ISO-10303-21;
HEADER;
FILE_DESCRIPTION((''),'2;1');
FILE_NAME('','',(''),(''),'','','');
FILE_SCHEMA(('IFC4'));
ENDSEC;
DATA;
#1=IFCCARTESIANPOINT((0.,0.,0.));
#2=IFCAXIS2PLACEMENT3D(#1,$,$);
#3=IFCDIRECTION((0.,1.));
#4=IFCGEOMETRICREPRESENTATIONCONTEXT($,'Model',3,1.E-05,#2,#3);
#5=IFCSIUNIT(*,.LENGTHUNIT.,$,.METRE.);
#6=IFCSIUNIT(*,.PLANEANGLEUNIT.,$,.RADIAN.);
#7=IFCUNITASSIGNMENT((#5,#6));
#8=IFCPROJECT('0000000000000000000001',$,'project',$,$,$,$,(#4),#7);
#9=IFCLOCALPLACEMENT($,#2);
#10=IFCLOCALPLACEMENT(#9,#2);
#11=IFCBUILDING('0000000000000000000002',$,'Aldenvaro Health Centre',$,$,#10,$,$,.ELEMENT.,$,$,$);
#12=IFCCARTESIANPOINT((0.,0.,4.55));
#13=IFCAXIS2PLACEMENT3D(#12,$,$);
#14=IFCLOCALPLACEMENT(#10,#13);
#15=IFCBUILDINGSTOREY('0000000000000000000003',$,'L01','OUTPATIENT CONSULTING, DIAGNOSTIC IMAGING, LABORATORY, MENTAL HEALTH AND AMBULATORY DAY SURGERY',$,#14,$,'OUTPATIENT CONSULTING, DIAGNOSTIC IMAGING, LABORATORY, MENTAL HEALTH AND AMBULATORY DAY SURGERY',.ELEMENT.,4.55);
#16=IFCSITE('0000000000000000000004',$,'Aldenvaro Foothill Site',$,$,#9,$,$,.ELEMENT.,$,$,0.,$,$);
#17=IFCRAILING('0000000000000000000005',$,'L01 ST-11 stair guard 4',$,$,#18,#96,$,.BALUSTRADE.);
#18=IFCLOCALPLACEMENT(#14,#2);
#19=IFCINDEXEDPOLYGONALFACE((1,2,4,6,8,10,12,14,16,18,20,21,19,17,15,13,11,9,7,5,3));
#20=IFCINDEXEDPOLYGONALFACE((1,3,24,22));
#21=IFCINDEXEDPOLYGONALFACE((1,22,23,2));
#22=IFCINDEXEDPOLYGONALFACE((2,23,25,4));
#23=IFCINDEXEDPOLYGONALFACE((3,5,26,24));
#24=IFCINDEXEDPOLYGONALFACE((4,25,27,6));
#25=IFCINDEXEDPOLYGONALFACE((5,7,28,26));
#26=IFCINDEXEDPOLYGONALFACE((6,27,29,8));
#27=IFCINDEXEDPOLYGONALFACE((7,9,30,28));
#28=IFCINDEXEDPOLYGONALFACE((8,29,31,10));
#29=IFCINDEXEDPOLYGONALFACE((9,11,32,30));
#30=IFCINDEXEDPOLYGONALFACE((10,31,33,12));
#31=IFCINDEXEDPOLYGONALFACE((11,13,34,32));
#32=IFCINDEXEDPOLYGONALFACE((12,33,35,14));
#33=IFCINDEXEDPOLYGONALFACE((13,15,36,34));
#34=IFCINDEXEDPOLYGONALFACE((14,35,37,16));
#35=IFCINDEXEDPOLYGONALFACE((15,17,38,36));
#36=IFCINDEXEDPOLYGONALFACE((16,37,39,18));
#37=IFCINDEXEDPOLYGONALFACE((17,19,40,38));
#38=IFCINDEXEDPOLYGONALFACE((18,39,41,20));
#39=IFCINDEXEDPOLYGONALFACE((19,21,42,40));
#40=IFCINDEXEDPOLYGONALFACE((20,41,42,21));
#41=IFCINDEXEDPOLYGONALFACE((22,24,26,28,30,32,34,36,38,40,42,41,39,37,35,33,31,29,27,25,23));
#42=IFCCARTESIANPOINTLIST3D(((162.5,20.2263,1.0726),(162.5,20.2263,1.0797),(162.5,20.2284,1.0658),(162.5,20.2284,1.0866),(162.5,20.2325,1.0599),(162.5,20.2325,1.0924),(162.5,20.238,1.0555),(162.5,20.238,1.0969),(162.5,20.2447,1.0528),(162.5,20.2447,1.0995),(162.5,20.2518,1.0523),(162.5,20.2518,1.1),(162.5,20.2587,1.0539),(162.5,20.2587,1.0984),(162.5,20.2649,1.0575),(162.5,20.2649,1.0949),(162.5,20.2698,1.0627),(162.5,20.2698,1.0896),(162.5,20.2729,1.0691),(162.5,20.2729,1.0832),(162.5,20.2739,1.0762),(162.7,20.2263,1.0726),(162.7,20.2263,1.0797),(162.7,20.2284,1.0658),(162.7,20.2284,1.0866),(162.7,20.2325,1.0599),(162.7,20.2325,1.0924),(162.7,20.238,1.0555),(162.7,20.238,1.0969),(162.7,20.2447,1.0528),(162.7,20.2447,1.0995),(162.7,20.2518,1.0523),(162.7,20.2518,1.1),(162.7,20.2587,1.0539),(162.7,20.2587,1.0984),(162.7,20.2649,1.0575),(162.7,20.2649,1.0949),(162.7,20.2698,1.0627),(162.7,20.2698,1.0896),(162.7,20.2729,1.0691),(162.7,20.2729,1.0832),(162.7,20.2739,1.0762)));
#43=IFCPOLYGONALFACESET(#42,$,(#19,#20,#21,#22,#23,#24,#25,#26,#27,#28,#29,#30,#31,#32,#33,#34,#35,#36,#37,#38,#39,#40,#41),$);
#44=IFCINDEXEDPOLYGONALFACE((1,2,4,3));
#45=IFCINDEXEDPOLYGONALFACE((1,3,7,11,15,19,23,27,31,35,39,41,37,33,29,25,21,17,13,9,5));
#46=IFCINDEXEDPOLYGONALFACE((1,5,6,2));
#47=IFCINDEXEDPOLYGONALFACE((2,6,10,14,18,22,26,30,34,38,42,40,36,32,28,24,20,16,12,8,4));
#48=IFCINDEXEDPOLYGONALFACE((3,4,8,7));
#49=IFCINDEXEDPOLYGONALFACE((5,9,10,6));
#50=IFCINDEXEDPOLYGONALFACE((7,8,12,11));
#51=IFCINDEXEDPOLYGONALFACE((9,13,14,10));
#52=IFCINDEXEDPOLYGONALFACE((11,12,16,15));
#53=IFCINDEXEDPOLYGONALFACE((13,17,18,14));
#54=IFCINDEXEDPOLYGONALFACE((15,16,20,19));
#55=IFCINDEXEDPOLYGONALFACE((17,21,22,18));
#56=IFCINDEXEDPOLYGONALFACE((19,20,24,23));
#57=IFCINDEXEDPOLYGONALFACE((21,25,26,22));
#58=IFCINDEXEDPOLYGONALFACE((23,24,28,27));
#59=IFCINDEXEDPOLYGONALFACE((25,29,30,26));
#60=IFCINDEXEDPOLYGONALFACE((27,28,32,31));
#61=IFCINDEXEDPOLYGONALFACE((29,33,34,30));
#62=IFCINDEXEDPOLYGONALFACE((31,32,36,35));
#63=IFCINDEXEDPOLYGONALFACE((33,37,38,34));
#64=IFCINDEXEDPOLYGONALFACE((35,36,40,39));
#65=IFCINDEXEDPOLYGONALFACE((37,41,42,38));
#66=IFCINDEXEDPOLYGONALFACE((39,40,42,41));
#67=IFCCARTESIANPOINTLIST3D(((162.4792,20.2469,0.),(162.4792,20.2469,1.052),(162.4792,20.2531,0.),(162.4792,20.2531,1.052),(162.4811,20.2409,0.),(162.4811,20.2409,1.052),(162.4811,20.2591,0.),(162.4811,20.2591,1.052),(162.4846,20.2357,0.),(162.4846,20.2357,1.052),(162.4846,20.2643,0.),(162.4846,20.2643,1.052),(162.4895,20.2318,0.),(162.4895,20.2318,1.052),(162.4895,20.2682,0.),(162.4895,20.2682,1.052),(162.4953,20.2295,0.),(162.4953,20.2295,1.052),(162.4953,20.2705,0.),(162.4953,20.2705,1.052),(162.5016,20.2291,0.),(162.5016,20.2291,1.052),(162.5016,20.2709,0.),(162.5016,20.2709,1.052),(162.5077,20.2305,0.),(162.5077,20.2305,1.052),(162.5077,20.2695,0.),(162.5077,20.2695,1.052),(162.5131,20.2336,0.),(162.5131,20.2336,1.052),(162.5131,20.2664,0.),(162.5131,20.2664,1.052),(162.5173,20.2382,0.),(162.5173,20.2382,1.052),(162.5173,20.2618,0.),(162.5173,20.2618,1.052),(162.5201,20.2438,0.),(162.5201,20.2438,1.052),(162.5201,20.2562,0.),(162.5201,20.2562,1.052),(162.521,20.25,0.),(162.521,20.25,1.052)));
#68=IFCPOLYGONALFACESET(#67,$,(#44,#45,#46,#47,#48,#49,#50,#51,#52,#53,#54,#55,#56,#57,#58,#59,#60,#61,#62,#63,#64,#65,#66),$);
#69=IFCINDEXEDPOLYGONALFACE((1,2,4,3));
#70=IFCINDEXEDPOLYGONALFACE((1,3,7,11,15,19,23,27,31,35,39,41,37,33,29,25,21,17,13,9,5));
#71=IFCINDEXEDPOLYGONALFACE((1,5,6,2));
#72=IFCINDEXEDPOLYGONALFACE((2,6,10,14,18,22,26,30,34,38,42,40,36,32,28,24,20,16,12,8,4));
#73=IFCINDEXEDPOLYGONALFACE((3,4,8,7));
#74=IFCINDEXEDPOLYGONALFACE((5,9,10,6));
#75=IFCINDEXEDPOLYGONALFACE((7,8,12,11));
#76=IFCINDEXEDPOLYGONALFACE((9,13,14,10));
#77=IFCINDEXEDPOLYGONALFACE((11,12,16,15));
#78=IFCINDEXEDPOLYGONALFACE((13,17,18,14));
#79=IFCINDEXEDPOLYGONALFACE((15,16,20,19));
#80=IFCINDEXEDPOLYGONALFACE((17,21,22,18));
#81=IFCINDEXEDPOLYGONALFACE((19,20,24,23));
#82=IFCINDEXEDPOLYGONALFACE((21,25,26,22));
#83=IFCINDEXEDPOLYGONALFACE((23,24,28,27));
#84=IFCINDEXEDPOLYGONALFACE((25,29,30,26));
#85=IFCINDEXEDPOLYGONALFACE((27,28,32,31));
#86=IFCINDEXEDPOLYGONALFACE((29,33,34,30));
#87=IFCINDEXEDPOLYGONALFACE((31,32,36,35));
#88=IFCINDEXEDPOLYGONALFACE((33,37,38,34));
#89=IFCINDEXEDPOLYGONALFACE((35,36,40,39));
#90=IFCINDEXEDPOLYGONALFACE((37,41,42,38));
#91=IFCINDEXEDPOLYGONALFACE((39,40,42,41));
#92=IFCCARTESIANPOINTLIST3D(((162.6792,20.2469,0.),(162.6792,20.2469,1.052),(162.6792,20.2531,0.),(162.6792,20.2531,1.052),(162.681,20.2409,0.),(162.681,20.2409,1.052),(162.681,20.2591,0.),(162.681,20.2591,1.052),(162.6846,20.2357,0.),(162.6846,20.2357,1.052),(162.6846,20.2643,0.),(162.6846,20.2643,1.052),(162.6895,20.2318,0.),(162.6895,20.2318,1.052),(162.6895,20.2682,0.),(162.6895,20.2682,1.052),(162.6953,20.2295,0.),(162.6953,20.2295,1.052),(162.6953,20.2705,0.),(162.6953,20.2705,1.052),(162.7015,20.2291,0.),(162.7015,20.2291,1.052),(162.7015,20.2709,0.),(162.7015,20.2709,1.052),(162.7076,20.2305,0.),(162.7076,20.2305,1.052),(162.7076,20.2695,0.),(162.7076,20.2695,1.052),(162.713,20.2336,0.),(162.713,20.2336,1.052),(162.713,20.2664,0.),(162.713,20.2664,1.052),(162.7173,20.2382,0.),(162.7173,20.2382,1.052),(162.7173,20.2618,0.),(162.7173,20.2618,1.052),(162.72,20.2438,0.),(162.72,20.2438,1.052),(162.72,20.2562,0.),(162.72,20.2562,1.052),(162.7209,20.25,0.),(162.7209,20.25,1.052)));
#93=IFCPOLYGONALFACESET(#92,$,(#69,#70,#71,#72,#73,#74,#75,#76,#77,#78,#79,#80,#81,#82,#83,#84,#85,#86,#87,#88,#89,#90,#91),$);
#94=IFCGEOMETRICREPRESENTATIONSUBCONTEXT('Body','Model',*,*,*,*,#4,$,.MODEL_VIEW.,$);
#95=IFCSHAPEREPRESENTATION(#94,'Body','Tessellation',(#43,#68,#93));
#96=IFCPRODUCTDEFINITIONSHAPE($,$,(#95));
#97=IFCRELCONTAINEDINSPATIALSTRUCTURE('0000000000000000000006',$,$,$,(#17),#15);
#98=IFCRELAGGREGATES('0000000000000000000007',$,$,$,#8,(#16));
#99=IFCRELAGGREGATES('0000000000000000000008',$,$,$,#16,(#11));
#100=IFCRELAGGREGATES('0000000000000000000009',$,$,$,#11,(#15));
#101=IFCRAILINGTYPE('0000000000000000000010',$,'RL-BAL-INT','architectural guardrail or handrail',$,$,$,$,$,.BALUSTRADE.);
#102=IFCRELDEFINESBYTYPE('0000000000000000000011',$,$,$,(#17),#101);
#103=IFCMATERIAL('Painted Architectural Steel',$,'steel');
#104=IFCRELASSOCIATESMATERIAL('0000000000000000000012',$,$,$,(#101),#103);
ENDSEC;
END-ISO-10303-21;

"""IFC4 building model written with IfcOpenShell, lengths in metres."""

from ifc_helpers import new_model, si_unit, direction, frame, origin, origin_2d, place, context, subcontext, project, spatial, circle, extrude, material, type_object, element, save


model = new_model("IFC4")

# Units and contexts
model_context = context("Model", 3, precision=1e-05, world=origin(), true_north=direction((0.0, 1.0)))
body_context = subcontext(model_context, "Body", "Model", "MODEL_VIEW")
ifc_project = project(units=[si_unit("LENGTHUNIT", "METRE"), si_unit("PLANEANGLEUNIT", "RADIAN")], contexts=[model_context])

# Site, building, storey
site_placement = place(None, origin())
site = spatial("IfcSite", under=ifc_project, at=site_placement, Name="Aldenvaro Foothill Site", CompositionType="ELEMENT", RefElevation=0.0)
building_placement = place(site_placement, origin())
building = spatial("IfcBuilding", under=site, at=building_placement, Name="Aldenvaro Health Centre", CompositionType="ELEMENT")
storey_placement = place(building_placement, frame((0.0, 0.0, 4.55)))
storey = spatial("IfcBuildingStorey", under=building, at=storey_placement, Name="L01", Description="OUTPATIENT CONSULTING, DIAGNOSTIC IMAGING, LABORATORY, MENTAL HEALTH AND AMBULATORY DAY SURGERY", LongName="OUTPATIENT CONSULTING, DIAGNOSTIC IMAGING, LABORATORY, MENTAL HEALTH AND AMBULATORY DAY SURGERY", CompositionType="ELEMENT", Elevation=4.55)

# Railing
ifc_material_1 = material(Name="Painted Architectural Steel", Category="steel")
railing_type_1 = type_object("IfcRailingType", Name="RL-BAL-INT", Description="architectural guardrail or handrail", PredefinedType="BALUSTRADE", material=ifc_material_1)
railing_1_placement = place(storey_placement, frame((162.5, 20.25, 0.0)))
element("IfcRailing", 1, at=railing_1_placement, inside=storey, type_object=railing_type_1, Name="L01 ST-11 stair guard 4", PredefinedType="BALUSTRADE", context=body_context, shape_type="SweptSolid", body=[
    extrude(circle(Radius=0.0239, at=origin_2d()), frame((0.0, 0.0, 1.0762), z_axis=(1.0, 0.0, 0.0), x_axis=(0.0, 1.0, 0.0)), (0.0, 0.0, 1.0), 0.2),
    extrude(circle(Radius=0.021, at=origin_2d()), origin(), (0.0, 0.0, 1.0), 1.052),
    extrude(circle(Radius=0.021, at=origin_2d()), frame((0.2, 0.0, 0.0)), (0.0, 0.0, 1.0), 1.052),
])

save(model, "model.ifc")
